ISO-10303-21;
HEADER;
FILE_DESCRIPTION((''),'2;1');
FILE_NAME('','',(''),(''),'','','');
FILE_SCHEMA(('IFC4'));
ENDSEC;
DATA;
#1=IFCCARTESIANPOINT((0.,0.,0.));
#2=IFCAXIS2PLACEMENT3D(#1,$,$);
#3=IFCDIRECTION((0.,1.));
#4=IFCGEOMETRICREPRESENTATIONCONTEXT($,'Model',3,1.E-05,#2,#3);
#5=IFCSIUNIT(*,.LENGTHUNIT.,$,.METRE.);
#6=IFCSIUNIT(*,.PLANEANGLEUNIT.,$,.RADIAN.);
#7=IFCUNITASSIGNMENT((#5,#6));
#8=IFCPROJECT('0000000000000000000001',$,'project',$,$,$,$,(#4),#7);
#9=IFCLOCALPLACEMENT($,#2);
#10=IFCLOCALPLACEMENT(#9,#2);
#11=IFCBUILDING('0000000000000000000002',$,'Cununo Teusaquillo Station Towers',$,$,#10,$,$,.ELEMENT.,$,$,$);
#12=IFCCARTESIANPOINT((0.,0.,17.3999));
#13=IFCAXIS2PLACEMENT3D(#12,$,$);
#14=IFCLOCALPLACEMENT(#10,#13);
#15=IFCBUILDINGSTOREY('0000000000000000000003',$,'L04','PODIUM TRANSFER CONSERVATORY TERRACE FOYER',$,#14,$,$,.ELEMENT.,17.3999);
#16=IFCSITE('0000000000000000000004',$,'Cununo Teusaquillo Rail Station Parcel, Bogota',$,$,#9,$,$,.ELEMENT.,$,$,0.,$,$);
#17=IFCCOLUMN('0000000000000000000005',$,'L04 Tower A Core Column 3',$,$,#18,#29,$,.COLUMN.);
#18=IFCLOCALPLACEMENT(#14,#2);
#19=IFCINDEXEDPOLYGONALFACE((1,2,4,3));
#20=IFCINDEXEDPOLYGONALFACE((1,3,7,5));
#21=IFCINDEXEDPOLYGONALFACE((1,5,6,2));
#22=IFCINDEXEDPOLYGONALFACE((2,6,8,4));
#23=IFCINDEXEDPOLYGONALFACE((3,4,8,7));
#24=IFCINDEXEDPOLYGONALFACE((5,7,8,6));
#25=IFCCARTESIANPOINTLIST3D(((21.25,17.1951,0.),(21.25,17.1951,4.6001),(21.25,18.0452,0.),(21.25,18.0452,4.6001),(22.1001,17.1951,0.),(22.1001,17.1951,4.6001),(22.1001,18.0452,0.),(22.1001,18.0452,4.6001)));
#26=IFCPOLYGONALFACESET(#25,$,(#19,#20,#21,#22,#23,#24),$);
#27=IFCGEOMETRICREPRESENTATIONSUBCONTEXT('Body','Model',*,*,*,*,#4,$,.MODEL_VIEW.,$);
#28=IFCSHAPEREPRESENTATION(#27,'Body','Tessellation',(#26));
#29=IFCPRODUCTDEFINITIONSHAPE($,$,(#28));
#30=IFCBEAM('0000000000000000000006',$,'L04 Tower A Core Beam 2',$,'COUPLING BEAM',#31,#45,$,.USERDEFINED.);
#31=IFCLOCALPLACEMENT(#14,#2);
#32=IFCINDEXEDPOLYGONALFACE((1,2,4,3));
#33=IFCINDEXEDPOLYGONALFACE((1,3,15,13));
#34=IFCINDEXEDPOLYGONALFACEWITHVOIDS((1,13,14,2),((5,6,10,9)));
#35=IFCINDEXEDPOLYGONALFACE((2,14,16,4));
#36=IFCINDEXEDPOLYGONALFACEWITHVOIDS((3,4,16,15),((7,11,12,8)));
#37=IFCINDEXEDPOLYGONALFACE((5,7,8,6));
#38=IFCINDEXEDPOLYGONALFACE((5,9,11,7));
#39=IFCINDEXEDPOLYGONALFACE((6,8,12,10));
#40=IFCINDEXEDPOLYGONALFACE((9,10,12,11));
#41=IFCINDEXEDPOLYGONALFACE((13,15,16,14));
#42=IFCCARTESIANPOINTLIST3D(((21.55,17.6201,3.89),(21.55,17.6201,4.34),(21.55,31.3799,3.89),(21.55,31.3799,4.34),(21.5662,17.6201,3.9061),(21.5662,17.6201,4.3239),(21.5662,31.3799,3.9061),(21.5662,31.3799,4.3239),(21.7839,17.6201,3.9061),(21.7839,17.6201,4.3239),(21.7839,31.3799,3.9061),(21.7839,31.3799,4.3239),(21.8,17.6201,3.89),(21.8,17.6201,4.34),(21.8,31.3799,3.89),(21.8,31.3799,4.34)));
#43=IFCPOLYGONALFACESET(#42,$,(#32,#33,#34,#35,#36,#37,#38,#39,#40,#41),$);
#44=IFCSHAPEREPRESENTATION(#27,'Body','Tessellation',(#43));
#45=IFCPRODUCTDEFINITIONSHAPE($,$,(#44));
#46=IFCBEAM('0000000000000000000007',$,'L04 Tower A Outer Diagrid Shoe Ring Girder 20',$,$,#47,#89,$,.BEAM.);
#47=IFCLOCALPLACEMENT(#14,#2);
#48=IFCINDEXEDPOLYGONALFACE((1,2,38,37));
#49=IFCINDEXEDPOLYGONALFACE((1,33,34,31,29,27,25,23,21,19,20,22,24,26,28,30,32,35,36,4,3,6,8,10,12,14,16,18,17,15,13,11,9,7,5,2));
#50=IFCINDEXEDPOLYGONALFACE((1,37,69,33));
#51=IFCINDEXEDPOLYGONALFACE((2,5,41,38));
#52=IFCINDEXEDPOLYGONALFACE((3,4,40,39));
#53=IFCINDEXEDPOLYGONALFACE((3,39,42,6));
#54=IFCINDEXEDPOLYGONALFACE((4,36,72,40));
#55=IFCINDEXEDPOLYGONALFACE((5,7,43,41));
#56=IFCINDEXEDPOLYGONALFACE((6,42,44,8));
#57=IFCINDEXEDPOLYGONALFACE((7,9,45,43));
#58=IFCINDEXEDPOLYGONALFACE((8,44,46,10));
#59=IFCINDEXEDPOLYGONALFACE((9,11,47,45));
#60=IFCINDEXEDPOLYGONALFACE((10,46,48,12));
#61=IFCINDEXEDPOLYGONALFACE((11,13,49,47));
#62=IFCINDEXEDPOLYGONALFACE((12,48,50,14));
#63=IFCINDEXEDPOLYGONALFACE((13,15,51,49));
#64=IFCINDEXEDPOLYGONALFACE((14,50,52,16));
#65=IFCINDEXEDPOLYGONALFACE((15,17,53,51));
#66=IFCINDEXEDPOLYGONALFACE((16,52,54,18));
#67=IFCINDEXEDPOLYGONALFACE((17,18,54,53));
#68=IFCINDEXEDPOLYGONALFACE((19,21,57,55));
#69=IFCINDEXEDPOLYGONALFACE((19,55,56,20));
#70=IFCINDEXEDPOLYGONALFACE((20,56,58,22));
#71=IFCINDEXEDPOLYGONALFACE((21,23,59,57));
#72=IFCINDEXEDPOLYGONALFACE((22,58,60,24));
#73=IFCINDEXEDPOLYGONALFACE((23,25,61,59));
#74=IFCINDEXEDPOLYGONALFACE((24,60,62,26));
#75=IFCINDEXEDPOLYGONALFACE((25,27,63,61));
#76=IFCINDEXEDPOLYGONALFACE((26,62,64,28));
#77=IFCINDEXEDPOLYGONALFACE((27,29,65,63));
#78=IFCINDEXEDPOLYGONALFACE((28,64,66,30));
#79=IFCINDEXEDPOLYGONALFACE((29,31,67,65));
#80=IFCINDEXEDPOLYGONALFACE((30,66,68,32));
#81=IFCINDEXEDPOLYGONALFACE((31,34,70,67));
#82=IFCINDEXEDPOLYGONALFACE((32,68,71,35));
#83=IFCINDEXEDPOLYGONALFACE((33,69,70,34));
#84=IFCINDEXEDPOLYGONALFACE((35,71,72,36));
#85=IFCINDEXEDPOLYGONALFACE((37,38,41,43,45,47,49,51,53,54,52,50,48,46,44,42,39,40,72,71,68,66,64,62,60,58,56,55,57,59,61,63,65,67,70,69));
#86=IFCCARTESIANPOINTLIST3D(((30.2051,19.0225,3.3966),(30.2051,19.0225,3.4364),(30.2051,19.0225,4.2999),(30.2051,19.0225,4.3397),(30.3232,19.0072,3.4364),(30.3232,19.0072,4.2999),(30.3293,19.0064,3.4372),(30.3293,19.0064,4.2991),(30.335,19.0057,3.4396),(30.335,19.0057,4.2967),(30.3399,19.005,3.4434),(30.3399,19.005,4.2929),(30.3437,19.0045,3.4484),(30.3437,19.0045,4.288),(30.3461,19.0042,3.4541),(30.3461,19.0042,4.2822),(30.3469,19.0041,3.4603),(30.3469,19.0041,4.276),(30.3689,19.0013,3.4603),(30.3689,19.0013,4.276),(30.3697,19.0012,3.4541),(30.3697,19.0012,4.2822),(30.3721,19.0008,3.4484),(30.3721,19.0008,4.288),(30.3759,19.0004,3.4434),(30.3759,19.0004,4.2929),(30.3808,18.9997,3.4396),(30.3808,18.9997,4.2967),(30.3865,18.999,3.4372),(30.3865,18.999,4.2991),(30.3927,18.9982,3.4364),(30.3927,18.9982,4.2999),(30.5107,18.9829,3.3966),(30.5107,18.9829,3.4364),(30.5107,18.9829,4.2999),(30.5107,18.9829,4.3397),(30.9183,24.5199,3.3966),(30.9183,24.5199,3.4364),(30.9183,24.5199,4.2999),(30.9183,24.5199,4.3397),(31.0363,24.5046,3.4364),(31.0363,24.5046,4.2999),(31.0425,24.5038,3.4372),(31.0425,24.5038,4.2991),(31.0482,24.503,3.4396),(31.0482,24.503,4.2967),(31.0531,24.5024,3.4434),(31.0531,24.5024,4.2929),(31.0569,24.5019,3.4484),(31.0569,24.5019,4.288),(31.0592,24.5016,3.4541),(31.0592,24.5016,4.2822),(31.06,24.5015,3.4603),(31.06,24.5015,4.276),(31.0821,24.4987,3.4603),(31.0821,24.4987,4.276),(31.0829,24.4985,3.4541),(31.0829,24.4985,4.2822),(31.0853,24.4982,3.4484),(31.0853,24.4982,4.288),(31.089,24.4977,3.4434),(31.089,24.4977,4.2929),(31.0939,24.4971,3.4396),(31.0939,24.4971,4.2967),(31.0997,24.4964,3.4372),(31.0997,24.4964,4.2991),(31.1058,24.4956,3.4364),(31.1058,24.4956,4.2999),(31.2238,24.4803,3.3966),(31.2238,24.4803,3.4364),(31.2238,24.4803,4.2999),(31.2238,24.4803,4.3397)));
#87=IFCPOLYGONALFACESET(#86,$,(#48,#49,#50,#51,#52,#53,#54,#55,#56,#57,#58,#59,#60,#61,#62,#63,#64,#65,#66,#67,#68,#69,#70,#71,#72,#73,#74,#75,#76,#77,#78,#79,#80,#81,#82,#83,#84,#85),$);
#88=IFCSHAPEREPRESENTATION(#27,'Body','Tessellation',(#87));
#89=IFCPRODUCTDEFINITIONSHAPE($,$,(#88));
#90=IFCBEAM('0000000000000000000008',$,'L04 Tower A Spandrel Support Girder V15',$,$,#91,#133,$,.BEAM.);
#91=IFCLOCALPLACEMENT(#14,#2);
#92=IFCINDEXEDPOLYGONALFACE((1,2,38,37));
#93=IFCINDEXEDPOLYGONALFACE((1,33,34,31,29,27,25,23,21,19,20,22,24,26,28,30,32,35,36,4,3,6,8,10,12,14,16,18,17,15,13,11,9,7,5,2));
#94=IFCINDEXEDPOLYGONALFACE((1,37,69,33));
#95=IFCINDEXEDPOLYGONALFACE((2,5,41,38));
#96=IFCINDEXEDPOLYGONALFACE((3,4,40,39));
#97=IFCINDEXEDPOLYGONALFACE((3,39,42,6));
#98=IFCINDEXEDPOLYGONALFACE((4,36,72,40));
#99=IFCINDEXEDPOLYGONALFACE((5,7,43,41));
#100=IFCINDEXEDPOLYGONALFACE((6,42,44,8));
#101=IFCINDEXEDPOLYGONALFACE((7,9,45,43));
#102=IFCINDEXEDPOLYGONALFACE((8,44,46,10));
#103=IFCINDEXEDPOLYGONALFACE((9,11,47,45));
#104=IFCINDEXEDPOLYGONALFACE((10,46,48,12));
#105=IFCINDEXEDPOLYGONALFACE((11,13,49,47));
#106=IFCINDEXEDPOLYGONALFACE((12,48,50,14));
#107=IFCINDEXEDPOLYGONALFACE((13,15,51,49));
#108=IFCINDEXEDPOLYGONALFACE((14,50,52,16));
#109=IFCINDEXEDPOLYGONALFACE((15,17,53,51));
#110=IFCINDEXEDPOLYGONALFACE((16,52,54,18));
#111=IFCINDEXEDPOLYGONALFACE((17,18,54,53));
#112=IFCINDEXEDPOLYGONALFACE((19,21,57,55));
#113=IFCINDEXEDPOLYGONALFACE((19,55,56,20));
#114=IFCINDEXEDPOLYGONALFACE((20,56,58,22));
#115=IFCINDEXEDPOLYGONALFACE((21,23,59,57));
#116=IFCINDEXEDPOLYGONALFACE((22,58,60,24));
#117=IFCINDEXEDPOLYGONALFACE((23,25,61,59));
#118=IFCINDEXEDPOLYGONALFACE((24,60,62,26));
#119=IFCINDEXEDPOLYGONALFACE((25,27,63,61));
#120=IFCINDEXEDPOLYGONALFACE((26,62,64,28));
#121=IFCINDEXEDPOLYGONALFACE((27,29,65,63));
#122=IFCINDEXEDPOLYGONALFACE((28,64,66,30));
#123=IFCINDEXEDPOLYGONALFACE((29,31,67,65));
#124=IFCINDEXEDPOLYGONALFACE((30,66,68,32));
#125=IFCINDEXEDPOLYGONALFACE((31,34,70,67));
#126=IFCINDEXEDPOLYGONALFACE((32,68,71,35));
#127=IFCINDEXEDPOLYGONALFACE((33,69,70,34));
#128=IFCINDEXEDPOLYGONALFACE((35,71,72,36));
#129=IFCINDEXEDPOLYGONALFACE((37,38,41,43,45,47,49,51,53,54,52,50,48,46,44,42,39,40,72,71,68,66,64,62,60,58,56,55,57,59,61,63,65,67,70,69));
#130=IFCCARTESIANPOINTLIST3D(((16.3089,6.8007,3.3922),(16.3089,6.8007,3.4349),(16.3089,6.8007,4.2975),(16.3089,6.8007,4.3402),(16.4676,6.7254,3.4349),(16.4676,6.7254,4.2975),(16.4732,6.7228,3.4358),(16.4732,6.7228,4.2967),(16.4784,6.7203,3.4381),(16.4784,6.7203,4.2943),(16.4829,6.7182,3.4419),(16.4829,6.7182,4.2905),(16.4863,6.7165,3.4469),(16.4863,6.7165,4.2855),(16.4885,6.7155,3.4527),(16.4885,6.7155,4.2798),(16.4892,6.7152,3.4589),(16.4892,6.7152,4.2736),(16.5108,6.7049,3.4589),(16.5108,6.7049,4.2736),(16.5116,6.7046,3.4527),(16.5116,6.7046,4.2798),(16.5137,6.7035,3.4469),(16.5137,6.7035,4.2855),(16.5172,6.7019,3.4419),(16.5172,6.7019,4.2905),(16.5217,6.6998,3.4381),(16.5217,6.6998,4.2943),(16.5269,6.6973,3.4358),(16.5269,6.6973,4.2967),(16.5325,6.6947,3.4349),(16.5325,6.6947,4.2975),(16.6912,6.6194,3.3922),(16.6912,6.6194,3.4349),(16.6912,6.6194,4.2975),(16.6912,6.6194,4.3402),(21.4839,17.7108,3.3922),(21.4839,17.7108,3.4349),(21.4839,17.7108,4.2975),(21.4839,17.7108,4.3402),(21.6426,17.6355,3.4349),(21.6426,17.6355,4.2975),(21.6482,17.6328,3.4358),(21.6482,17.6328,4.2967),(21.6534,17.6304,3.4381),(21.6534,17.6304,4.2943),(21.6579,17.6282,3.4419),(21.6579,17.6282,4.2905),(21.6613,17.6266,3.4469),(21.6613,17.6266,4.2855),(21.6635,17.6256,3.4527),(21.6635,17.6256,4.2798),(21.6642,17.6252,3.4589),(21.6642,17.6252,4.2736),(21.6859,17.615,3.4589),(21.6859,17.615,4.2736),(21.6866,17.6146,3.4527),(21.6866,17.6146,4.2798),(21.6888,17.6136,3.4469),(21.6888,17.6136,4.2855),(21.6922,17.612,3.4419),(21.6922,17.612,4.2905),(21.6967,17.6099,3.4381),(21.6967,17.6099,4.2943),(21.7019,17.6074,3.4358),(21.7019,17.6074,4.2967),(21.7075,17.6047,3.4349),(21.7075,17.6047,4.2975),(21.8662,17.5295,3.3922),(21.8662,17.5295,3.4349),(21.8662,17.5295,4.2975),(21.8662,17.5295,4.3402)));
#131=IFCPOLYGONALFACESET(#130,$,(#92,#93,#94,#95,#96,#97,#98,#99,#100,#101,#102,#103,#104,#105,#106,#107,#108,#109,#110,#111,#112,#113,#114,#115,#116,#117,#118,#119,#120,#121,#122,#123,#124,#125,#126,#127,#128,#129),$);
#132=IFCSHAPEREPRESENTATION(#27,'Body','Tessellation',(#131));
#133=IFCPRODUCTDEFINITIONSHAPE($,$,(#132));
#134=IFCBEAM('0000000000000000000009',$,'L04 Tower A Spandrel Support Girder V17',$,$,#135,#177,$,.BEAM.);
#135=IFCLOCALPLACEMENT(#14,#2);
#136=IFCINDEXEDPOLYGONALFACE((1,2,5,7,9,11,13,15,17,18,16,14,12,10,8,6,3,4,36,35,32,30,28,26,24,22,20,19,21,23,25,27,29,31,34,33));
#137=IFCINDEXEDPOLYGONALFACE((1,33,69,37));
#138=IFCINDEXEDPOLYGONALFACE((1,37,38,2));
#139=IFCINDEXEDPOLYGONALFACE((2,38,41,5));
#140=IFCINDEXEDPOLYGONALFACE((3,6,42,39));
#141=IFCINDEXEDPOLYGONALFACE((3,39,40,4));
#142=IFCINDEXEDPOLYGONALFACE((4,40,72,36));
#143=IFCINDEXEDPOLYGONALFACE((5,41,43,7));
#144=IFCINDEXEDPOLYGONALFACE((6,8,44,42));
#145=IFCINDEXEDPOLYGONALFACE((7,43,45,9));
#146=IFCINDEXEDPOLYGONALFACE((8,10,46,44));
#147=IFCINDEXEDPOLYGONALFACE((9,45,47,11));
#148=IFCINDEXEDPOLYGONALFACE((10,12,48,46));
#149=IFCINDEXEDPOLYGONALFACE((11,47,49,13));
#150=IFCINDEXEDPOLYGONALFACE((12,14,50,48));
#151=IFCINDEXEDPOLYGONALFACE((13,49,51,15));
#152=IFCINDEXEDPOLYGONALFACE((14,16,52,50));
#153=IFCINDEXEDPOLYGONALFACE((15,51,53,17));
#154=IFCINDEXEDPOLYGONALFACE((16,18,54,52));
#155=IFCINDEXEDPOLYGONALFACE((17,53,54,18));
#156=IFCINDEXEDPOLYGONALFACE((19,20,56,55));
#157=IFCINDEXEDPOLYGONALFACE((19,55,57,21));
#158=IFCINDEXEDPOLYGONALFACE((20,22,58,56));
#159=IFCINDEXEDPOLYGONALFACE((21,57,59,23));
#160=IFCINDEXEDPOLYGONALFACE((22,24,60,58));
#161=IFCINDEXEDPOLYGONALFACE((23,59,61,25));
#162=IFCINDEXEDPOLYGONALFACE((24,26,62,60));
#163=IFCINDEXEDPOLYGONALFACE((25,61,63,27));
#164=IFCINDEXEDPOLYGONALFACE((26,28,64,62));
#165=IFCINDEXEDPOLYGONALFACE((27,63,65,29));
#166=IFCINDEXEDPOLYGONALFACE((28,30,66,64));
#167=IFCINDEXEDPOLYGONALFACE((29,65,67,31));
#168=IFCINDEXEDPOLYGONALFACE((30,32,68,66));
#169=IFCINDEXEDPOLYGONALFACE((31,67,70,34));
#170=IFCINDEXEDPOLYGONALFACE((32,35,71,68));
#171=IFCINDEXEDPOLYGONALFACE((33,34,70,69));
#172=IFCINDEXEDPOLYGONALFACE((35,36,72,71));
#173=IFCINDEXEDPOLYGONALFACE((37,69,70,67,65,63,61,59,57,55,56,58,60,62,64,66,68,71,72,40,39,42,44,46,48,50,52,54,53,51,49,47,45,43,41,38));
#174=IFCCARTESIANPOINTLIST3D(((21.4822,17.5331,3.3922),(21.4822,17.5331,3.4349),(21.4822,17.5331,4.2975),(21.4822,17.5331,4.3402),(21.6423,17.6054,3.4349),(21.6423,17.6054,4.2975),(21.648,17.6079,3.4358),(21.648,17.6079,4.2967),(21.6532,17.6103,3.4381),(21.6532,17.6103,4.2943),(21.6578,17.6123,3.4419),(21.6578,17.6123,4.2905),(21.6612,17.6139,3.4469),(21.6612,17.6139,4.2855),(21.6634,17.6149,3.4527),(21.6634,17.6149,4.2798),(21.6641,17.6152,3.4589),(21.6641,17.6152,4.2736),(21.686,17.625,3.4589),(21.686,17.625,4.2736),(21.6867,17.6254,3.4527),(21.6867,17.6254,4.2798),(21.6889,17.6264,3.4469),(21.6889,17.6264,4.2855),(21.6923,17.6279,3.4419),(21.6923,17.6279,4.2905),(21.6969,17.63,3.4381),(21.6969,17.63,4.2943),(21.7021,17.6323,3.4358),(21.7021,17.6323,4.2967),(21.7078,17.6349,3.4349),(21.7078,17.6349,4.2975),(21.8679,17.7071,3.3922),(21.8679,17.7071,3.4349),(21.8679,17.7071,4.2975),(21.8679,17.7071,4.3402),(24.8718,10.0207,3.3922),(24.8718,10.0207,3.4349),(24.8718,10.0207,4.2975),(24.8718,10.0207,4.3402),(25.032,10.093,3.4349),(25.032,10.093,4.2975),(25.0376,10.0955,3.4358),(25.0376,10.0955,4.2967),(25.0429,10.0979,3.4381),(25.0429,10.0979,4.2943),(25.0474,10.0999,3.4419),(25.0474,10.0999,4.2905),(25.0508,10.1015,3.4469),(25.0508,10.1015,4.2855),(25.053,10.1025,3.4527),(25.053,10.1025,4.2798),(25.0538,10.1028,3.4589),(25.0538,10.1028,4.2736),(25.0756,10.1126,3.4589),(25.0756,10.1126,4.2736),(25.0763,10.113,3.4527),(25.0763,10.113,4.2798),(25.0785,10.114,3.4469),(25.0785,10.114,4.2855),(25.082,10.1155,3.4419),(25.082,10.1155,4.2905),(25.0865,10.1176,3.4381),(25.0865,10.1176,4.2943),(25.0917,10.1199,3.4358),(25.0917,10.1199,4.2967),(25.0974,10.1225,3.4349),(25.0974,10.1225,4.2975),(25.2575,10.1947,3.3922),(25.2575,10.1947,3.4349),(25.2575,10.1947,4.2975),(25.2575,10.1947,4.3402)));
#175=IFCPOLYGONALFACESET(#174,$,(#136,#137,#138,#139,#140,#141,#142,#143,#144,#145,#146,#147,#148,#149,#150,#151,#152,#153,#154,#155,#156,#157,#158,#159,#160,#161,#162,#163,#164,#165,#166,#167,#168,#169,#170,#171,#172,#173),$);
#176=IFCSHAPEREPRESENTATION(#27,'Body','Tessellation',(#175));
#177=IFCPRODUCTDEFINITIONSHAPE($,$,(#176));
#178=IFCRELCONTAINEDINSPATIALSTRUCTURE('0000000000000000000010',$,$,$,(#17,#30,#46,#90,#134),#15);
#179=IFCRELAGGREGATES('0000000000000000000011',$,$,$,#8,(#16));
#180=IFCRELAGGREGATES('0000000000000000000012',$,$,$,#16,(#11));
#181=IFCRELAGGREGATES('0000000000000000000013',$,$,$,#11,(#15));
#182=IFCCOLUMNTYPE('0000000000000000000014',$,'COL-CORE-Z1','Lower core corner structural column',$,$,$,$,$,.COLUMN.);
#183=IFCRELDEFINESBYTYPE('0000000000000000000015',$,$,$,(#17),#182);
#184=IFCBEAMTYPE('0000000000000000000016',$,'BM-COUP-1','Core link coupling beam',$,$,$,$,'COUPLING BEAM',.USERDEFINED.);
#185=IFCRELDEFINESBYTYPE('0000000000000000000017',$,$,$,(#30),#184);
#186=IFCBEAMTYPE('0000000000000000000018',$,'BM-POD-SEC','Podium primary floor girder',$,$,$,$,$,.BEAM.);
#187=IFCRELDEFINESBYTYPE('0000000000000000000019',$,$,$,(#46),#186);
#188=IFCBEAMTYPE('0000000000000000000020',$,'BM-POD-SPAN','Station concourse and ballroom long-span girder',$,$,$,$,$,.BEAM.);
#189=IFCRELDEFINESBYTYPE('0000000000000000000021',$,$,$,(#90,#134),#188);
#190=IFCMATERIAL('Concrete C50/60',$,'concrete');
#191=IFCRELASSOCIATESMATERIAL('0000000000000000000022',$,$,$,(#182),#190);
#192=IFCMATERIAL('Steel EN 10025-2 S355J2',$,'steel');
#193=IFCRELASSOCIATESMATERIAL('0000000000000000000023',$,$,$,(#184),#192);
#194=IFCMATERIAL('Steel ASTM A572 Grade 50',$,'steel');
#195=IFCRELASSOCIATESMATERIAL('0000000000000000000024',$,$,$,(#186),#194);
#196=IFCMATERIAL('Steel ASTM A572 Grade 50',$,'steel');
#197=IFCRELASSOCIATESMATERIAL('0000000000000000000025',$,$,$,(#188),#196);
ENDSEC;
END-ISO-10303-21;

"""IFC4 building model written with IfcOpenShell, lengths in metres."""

from ifc_helpers import new_model, si_unit, direction, frame, origin, origin_2d, place, context, subcontext, project, spatial, rectangle, hollow_rectangle, i_section, extrude, material, material_profile, profile_set, type_object, element, save


model = new_model("IFC4")

# Units and contexts
model_context = context("Model", 3, precision=1e-05, world=origin(), true_north=direction((0.0, 1.0)))
body_context = subcontext(model_context, "Body", "Model", "MODEL_VIEW")
ifc_project = project(units=[si_unit("LENGTHUNIT", "METRE"), si_unit("PLANEANGLEUNIT", "RADIAN")], contexts=[model_context])

# Site, building, storey
site_placement = place(None, origin())
site = spatial("IfcSite", under=ifc_project, at=site_placement, Name="Cununo Teusaquillo Rail Station Parcel, Bogota", CompositionType="ELEMENT", RefElevation=0.0)
building_placement = place(site_placement, origin())
building = spatial("IfcBuilding", under=site, at=building_placement, Name="Cununo Teusaquillo Station Towers", CompositionType="ELEMENT")
storey_placement = place(building_placement, frame((0.0, 0.0, 17.3999)))
storey = spatial("IfcBuildingStorey", under=building, at=storey_placement, Name="L04", Description="PODIUM TRANSFER CONSERVATORY TERRACE FOYER", CompositionType="ELEMENT", Elevation=17.3999)

# Column
ifc_material_1 = material(Name="Concrete C50/60", Category="concrete")
ifc_material_profile_1 = material_profile(ifc_material_1, rectangle(XDim=0.8501, YDim=0.8501, at=origin_2d()), Name="RC-RECT-850x850")
ifc_profile_set_1 = profile_set([ifc_material_profile_1], Name="Concrete C50/60")
column_type = type_object("IfcColumnType", Name="COL-CORE-Z1", Description="Lower core corner structural column", PredefinedType="COLUMN", material=ifc_profile_set_1)
column_placement = place(storey_placement, frame((21.675, 17.6201, 0.0), z_axis=(0.0, 0.0, 1.0), x_axis=(1.0, 0.0, 0.0)))
element("IfcColumn", 1, at=column_placement, inside=storey, type_object=column_type, Name="L04 Tower A Core Column 3", PredefinedType="COLUMN", context=body_context, shape_type="SweptSolid", body=[
    extrude(rectangle(XDim=0.8501, YDim=0.8501, at=origin_2d()), origin(), (0.0, 0.0, 1.0), 4.6001),
])

# Beams
ifc_material_2 = material(Name="Steel EN 10025-2 S355J2", Category="steel")
ifc_material_profile_2 = material_profile(ifc_material_2, hollow_rectangle(XDim=0.25, YDim=0.45, WallThickness=0.0161, at=origin_2d()), Name="RHS 450x250x16")
ifc_profile_set_2 = profile_set([ifc_material_profile_2], Name="Steel EN 10025-2 S355J2")
beam_type_1 = type_object("IfcBeamType", Name="BM-COUP-1", Description="Core link coupling beam", ElementType="COUPLING BEAM", PredefinedType="USERDEFINED", material=ifc_profile_set_2)
beam_1_placement = place(storey_placement, frame((21.675, 17.6201, 4.115), z_axis=(0.0, 1.0, 0.0), x_axis=(-1.0, 0.0, 0.0)))
element("IfcBeam", 2, at=beam_1_placement, inside=storey, type_object=beam_type_1, Name="L04 Tower A Core Beam 2", ObjectType="COUPLING BEAM", PredefinedType="USERDEFINED", context=body_context, shape_type="SweptSolid", body=[
    extrude(hollow_rectangle(XDim=0.25, YDim=0.45, WallThickness=0.0161, at=origin_2d()), origin(), (0.0, 0.0, 1.0), 13.7598),
])
ifc_material_3 = material(Name="Steel ASTM A572 Grade 50", Category="steel")
ifc_material_profile_3 = material_profile(ifc_material_3, i_section(OverallWidth=0.3081, OverallDepth=0.9431, WebThickness=0.0222, FlangeThickness=0.0398, FilletRadius=0.0239, at=origin_2d()), Name="W36X232")
ifc_profile_set_3 = profile_set([ifc_material_profile_3], Name="Steel ASTM A572 Grade 50")
beam_type_2 = type_object("IfcBeamType", Name="BM-POD-SEC", Description="Podium primary floor girder", PredefinedType="BEAM", material=ifc_profile_set_3)
beam_2_placement = place(storey_placement, frame((30.3579, 19.0027, 3.8682), z_axis=(0.128646, 0.991691, 0.0), x_axis=(-0.991691, 0.128646, 0.0)))
element("IfcBeam", 3, at=beam_2_placement, inside=storey, type_object=beam_type_2, Name="L04 Tower A Outer Diagrid Shoe Ring Girder 20", PredefinedType="BEAM", context=body_context, shape_type="SweptSolid", body=[
    extrude(i_section(OverallWidth=0.3081, OverallDepth=0.9431, WebThickness=0.0222, FlangeThickness=0.0398, FilletRadius=0.0239, at=origin_2d()), origin(), (0.0, 0.0, 1.0), 5.5435),
])
ifc_material_4 = material(Name="Steel ASTM A572 Grade 50", Category="steel")
ifc_material_profile_4 = material_profile(ifc_material_4, i_section(OverallWidth=0.4231, OverallDepth=0.948, WebThickness=0.0239, FlangeThickness=0.0427, FilletRadius=0.0239, at=origin_2d()), Name="W36X302")
ifc_profile_set_4 = profile_set([ifc_material_profile_4], Name="Steel ASTM A572 Grade 50")
beam_type_3 = type_object("IfcBeamType", Name="BM-POD-SPAN", Description="Station concourse and ballroom long-span girder", PredefinedType="BEAM", material=ifc_profile_set_4)
beam_3_placement = place(storey_placement, frame((21.675, 17.6201, 3.8662), z_axis=(-0.428565, -0.903511, 0.0), x_axis=(0.903511, -0.428565, 0.0)))
element("IfcBeam", 4, at=beam_3_placement, inside=storey, type_object=beam_type_3, Name="L04 Tower A Spandrel Support Girder V15", PredefinedType="BEAM", context=body_context, shape_type="SweptSolid", body=[
    extrude(i_section(OverallWidth=0.4231, OverallDepth=0.948, WebThickness=0.0239, FlangeThickness=0.0427, FilletRadius=0.0239, at=origin_2d()), origin(), (0.0, 0.0, 1.0), 12.0752),
])
beam_4_placement = place(storey_placement, frame((21.675, 17.6201, 3.8662), z_axis=(0.411277, -0.91151, 0.0), x_axis=(0.91151, 0.411277, 0.0)))
element("IfcBeam", 5, at=beam_4_placement, inside=storey, type_object=beam_type_3, Name="L04 Tower A Spandrel Support Girder V17", PredefinedType="BEAM", context=body_context, shape_type="SweptSolid", body=[
    extrude(i_section(OverallWidth=0.4231, OverallDepth=0.948, WebThickness=0.0239, FlangeThickness=0.0427, FilletRadius=0.0239, at=origin_2d()), origin(), (0.0, 0.0, 1.0), 8.2417),
])

save(model, "model.ifc")
